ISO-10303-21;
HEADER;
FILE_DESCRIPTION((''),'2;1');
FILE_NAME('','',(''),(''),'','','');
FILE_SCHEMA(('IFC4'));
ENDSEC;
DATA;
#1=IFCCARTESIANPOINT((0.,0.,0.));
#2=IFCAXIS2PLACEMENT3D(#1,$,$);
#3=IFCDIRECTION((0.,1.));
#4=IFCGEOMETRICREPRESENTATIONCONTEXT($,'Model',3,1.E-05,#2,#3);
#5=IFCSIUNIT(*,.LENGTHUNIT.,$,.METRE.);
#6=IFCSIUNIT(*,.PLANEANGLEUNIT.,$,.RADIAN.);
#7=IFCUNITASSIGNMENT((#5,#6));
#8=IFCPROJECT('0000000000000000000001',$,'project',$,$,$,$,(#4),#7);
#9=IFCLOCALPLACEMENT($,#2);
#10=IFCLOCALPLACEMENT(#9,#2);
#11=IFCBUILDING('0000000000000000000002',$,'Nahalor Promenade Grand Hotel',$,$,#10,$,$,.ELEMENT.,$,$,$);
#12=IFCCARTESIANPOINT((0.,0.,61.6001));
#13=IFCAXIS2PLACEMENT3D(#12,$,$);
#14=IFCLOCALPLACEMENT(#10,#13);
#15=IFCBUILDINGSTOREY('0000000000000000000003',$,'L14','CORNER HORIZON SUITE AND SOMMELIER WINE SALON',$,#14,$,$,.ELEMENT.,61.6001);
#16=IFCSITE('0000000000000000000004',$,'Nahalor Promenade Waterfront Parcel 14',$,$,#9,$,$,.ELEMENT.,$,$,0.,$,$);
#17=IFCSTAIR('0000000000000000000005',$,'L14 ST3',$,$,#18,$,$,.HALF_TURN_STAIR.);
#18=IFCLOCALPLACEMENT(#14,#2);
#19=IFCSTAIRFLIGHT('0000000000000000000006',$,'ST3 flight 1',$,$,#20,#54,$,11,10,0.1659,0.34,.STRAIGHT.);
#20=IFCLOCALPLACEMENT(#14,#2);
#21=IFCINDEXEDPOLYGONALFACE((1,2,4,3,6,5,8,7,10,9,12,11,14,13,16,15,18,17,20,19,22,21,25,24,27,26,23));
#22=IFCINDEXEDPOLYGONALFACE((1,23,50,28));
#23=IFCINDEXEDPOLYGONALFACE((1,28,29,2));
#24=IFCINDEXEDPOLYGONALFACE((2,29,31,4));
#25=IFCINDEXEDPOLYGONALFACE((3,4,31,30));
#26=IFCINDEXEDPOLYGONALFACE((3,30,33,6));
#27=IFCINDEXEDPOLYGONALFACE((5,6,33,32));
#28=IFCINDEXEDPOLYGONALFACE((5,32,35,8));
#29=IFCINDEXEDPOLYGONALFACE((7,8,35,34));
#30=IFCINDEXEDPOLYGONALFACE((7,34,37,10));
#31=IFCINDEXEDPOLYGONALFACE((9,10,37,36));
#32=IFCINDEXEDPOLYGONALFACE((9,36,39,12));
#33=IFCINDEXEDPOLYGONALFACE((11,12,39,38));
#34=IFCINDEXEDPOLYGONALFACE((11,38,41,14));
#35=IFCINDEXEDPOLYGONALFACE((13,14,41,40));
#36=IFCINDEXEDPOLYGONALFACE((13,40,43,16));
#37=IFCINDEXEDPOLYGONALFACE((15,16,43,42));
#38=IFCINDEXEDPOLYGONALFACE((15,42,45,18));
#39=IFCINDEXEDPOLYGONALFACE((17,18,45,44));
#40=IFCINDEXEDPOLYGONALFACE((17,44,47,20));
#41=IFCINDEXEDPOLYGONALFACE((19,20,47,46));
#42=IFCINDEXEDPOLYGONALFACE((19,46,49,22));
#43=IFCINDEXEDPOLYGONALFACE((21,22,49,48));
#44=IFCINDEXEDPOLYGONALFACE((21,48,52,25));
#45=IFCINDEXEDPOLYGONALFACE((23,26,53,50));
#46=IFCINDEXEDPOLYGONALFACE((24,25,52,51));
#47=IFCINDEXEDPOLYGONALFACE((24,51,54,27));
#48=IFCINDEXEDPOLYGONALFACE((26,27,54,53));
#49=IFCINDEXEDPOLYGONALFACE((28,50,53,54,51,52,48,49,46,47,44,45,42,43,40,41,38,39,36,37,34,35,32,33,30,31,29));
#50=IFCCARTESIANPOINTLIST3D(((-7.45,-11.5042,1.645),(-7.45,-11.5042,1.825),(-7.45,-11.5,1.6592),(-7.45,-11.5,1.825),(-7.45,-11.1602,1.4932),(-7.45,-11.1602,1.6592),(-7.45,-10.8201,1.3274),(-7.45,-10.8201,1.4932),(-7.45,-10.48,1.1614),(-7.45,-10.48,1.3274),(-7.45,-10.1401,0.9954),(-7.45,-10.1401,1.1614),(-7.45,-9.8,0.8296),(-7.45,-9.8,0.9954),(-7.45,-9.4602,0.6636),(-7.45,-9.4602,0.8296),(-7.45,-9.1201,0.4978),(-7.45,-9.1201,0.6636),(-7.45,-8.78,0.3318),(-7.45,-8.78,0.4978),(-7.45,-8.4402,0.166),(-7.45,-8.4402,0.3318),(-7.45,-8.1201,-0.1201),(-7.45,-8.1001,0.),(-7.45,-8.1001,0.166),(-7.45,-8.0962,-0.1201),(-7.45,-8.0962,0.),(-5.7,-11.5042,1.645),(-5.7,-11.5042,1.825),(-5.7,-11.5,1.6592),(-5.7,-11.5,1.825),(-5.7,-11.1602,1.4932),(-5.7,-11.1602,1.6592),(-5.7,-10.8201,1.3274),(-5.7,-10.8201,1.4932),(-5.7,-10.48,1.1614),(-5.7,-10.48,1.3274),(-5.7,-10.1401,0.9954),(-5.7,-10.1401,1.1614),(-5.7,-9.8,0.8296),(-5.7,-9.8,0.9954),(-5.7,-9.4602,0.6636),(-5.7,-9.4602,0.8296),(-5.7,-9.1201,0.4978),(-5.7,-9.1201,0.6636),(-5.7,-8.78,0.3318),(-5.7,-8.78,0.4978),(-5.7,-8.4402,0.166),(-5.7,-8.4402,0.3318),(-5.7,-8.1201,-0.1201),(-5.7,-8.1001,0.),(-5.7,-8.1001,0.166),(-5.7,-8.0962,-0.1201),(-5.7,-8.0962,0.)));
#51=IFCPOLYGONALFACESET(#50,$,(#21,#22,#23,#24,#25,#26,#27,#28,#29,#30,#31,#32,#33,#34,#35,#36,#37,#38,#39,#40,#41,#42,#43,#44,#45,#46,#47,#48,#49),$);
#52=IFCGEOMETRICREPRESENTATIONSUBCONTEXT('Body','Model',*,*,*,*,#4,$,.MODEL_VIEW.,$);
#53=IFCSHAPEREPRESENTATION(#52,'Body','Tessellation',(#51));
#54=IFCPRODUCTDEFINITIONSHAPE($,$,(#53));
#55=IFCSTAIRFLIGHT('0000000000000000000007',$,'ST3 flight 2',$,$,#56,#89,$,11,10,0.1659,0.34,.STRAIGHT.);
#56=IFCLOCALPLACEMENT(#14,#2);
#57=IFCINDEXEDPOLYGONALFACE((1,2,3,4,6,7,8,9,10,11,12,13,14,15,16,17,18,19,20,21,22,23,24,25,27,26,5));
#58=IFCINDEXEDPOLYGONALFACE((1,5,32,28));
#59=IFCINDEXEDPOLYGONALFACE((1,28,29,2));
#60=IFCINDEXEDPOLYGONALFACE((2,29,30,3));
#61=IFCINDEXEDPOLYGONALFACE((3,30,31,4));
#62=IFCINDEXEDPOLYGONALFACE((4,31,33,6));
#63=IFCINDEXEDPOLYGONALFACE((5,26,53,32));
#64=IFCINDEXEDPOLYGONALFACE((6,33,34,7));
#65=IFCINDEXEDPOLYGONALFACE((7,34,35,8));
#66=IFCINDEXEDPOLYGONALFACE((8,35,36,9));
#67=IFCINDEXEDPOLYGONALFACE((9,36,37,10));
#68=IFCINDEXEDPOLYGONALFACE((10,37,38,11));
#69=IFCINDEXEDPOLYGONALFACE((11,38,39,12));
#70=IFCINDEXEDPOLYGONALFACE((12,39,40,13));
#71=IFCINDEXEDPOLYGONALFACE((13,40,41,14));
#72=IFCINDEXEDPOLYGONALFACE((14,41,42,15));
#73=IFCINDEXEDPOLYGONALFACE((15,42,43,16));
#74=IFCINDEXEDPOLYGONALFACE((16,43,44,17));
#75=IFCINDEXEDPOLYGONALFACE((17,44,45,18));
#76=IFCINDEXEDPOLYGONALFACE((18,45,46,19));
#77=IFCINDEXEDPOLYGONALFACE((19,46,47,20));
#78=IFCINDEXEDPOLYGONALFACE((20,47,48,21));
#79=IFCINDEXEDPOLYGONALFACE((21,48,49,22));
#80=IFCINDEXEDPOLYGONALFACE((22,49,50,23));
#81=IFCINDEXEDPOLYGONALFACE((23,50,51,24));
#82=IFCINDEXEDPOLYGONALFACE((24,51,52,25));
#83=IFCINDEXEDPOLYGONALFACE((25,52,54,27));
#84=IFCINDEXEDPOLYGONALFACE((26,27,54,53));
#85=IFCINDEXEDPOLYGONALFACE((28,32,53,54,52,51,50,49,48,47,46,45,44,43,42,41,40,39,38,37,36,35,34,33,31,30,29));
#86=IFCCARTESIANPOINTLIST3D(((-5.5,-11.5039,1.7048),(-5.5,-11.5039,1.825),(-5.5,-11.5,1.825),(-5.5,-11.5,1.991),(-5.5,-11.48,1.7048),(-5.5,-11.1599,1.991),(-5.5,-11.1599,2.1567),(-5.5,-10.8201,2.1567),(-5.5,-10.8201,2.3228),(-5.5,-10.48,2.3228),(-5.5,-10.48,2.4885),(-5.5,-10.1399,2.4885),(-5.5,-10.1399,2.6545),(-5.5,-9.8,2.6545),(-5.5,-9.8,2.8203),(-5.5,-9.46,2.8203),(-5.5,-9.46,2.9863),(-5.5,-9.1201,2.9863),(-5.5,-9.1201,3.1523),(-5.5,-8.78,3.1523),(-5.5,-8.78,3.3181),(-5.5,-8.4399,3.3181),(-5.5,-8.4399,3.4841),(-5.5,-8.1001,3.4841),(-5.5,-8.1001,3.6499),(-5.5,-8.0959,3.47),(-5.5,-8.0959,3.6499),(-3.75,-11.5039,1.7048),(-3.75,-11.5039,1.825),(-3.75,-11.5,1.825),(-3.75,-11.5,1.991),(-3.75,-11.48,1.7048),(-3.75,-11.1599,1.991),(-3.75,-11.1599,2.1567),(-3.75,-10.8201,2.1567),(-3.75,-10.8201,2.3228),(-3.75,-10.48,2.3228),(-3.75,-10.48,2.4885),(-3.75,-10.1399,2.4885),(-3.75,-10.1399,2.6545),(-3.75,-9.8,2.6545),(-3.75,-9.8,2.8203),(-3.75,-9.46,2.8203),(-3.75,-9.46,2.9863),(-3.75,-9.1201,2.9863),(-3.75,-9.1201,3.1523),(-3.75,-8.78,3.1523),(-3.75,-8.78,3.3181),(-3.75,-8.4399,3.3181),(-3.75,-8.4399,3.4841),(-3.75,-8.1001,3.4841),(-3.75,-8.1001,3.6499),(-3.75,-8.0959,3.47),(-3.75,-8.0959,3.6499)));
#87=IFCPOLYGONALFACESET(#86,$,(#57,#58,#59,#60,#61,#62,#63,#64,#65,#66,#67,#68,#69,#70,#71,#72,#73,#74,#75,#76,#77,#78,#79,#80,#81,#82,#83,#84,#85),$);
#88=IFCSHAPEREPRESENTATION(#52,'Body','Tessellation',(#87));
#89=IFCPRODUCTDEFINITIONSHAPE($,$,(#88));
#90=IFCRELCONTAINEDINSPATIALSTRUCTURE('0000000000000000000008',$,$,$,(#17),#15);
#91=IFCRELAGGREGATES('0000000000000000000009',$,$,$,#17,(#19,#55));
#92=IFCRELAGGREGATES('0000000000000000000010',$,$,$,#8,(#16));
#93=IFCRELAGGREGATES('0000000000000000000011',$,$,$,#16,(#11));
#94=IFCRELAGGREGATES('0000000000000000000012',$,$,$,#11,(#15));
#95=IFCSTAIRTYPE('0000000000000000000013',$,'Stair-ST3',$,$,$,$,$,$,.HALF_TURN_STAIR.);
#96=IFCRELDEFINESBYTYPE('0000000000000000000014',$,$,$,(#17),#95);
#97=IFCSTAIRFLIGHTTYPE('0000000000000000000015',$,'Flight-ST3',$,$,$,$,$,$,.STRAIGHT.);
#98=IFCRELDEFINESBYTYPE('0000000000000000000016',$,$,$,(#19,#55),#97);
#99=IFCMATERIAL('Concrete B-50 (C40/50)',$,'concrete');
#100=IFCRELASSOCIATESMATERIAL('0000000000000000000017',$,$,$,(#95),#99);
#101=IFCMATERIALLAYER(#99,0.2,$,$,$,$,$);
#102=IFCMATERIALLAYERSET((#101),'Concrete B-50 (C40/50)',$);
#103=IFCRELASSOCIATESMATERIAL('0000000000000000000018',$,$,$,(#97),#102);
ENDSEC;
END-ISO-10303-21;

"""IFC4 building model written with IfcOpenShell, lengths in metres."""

from ifc_helpers import new_model, si_unit, direction, frame, origin, place, context, subcontext, project, spatial, polyline, outline, extrude, source, transform, mapped, material, layer, layer_set, type_object, element, aggregate, save


model = new_model("IFC4")

# Units and contexts
model_context = context("Model", 3, precision=1e-05, world=origin(), true_north=direction((0.0, 1.0)))
body_context = subcontext(model_context, "Body", "Model", "MODEL_VIEW")
ifc_project = project(units=[si_unit("LENGTHUNIT", "METRE"), si_unit("PLANEANGLEUNIT", "RADIAN")], contexts=[model_context])

# Site, building, storey
site_placement = place(None, origin())
site = spatial("IfcSite", under=ifc_project, at=site_placement, Name="Nahalor Promenade Waterfront Parcel 14", CompositionType="ELEMENT", RefElevation=0.0)
building_placement = place(site_placement, origin())
building = spatial("IfcBuilding", under=site, at=building_placement, Name="Nahalor Promenade Grand Hotel", CompositionType="ELEMENT")
storey_placement = place(building_placement, frame((0.0, 0.0, 61.6001)))
storey = spatial("IfcBuildingStorey", under=building, at=storey_placement, Name="L14", Description="CORNER HORIZON SUITE AND SOMMELIER WINE SALON", CompositionType="ELEMENT", Elevation=61.6001)

# Shared definitions
ifc_material_1 = material(Name="Concrete B-50 (C40/50)", Category="concrete")

# Stair, stair flights
stair_type = type_object("IfcStairType", Name="Stair-ST3", PredefinedType="HALF_TURN_STAIR", material=ifc_material_1)
stair_placement = place(storey_placement, origin())
stair = element("IfcStair", 1, at=stair_placement, inside=storey, type_object=stair_type, Name="L14 ST3", PredefinedType="HALF_TURN_STAIR")
ifc_layer_1 = layer(ifc_material_1, 0.2)
ifc_layer_set_1 = layer_set([ifc_layer_1], Name="Concrete B-50 (C40/50)")
stair_flight_type = type_object("IfcStairFlightType", Name="Flight-ST3", PredefinedType="STRAIGHT", material=ifc_layer_set_1)
shared_shape_1 = source(origin(), body_context, "Body", "SweptSolid", [
    extrude(outline(polyline([(-0.0039, -0.1201), (-0.0039, 0.0), (0.0, 0.0), (0.0, 0.166), (0.3401, 0.166), (0.3401, 0.3318), (0.6799, 0.3318), (0.6799, 0.4978), (1.02, 0.4978), (1.02, 0.6636), (1.3601, 0.6636), (1.3601, 0.8296), (1.7, 0.8296), (1.7, 0.9954), (2.04, 0.9954), (2.04, 1.1614), (2.3799, 1.1614), (2.3799, 1.3274), (2.72, 1.3274), (2.72, 1.4932), (3.0601, 1.4932), (3.0601, 1.6592), (3.3999, 1.6592), (3.3999, 1.825), (3.4041, 1.825), (3.4041, 1.645), (0.02, -0.1201), (-0.0039, -0.1201)])), frame((0.0, 0.875, 0.0), z_axis=(0.0, -1.0, 0.0), x_axis=(1.0, 0.0, 0.0)), (0.0, 0.0, 1.0), 1.75),
])
stair_flight_1_placement = place(storey_placement, frame((-6.575, -8.1001, 0.0), z_axis=(0.0, 0.0, 1.0), x_axis=(0.0, -1.0, 0.0)))
stair_flight_1 = element("IfcStairFlight", 2, at=stair_flight_1_placement, type_object=stair_flight_type, Name="ST3 flight 1", NumberOfRisers=11, NumberOfTreads=10, PredefinedType="STRAIGHT", RiserHeight=0.1659, TreadLength=0.34, context=body_context, shape_type="MappedRepresentation", body=[
    mapped(shared_shape_1, transform((0.0, 0.0, 0.0), scale=1.0)),
])
stair_flight_2_placement = place(storey_placement, frame((-4.625, -11.5, 1.825), z_axis=(0.0, 0.0, 1.0), x_axis=(0.0, 1.0, 0.0)))
stair_flight_2 = element("IfcStairFlight", 3, at=stair_flight_2_placement, type_object=stair_flight_type, Name="ST3 flight 2", NumberOfRisers=11, NumberOfTreads=10, PredefinedType="STRAIGHT", RiserHeight=0.1659, TreadLength=0.34, context=body_context, shape_type="MappedRepresentation", body=[
    mapped(shared_shape_1, transform((0.0, 0.0, 0.0), scale=1.0)),
])
aggregate(stair, [stair_flight_1, stair_flight_2])

save(model, "model.ifc")
